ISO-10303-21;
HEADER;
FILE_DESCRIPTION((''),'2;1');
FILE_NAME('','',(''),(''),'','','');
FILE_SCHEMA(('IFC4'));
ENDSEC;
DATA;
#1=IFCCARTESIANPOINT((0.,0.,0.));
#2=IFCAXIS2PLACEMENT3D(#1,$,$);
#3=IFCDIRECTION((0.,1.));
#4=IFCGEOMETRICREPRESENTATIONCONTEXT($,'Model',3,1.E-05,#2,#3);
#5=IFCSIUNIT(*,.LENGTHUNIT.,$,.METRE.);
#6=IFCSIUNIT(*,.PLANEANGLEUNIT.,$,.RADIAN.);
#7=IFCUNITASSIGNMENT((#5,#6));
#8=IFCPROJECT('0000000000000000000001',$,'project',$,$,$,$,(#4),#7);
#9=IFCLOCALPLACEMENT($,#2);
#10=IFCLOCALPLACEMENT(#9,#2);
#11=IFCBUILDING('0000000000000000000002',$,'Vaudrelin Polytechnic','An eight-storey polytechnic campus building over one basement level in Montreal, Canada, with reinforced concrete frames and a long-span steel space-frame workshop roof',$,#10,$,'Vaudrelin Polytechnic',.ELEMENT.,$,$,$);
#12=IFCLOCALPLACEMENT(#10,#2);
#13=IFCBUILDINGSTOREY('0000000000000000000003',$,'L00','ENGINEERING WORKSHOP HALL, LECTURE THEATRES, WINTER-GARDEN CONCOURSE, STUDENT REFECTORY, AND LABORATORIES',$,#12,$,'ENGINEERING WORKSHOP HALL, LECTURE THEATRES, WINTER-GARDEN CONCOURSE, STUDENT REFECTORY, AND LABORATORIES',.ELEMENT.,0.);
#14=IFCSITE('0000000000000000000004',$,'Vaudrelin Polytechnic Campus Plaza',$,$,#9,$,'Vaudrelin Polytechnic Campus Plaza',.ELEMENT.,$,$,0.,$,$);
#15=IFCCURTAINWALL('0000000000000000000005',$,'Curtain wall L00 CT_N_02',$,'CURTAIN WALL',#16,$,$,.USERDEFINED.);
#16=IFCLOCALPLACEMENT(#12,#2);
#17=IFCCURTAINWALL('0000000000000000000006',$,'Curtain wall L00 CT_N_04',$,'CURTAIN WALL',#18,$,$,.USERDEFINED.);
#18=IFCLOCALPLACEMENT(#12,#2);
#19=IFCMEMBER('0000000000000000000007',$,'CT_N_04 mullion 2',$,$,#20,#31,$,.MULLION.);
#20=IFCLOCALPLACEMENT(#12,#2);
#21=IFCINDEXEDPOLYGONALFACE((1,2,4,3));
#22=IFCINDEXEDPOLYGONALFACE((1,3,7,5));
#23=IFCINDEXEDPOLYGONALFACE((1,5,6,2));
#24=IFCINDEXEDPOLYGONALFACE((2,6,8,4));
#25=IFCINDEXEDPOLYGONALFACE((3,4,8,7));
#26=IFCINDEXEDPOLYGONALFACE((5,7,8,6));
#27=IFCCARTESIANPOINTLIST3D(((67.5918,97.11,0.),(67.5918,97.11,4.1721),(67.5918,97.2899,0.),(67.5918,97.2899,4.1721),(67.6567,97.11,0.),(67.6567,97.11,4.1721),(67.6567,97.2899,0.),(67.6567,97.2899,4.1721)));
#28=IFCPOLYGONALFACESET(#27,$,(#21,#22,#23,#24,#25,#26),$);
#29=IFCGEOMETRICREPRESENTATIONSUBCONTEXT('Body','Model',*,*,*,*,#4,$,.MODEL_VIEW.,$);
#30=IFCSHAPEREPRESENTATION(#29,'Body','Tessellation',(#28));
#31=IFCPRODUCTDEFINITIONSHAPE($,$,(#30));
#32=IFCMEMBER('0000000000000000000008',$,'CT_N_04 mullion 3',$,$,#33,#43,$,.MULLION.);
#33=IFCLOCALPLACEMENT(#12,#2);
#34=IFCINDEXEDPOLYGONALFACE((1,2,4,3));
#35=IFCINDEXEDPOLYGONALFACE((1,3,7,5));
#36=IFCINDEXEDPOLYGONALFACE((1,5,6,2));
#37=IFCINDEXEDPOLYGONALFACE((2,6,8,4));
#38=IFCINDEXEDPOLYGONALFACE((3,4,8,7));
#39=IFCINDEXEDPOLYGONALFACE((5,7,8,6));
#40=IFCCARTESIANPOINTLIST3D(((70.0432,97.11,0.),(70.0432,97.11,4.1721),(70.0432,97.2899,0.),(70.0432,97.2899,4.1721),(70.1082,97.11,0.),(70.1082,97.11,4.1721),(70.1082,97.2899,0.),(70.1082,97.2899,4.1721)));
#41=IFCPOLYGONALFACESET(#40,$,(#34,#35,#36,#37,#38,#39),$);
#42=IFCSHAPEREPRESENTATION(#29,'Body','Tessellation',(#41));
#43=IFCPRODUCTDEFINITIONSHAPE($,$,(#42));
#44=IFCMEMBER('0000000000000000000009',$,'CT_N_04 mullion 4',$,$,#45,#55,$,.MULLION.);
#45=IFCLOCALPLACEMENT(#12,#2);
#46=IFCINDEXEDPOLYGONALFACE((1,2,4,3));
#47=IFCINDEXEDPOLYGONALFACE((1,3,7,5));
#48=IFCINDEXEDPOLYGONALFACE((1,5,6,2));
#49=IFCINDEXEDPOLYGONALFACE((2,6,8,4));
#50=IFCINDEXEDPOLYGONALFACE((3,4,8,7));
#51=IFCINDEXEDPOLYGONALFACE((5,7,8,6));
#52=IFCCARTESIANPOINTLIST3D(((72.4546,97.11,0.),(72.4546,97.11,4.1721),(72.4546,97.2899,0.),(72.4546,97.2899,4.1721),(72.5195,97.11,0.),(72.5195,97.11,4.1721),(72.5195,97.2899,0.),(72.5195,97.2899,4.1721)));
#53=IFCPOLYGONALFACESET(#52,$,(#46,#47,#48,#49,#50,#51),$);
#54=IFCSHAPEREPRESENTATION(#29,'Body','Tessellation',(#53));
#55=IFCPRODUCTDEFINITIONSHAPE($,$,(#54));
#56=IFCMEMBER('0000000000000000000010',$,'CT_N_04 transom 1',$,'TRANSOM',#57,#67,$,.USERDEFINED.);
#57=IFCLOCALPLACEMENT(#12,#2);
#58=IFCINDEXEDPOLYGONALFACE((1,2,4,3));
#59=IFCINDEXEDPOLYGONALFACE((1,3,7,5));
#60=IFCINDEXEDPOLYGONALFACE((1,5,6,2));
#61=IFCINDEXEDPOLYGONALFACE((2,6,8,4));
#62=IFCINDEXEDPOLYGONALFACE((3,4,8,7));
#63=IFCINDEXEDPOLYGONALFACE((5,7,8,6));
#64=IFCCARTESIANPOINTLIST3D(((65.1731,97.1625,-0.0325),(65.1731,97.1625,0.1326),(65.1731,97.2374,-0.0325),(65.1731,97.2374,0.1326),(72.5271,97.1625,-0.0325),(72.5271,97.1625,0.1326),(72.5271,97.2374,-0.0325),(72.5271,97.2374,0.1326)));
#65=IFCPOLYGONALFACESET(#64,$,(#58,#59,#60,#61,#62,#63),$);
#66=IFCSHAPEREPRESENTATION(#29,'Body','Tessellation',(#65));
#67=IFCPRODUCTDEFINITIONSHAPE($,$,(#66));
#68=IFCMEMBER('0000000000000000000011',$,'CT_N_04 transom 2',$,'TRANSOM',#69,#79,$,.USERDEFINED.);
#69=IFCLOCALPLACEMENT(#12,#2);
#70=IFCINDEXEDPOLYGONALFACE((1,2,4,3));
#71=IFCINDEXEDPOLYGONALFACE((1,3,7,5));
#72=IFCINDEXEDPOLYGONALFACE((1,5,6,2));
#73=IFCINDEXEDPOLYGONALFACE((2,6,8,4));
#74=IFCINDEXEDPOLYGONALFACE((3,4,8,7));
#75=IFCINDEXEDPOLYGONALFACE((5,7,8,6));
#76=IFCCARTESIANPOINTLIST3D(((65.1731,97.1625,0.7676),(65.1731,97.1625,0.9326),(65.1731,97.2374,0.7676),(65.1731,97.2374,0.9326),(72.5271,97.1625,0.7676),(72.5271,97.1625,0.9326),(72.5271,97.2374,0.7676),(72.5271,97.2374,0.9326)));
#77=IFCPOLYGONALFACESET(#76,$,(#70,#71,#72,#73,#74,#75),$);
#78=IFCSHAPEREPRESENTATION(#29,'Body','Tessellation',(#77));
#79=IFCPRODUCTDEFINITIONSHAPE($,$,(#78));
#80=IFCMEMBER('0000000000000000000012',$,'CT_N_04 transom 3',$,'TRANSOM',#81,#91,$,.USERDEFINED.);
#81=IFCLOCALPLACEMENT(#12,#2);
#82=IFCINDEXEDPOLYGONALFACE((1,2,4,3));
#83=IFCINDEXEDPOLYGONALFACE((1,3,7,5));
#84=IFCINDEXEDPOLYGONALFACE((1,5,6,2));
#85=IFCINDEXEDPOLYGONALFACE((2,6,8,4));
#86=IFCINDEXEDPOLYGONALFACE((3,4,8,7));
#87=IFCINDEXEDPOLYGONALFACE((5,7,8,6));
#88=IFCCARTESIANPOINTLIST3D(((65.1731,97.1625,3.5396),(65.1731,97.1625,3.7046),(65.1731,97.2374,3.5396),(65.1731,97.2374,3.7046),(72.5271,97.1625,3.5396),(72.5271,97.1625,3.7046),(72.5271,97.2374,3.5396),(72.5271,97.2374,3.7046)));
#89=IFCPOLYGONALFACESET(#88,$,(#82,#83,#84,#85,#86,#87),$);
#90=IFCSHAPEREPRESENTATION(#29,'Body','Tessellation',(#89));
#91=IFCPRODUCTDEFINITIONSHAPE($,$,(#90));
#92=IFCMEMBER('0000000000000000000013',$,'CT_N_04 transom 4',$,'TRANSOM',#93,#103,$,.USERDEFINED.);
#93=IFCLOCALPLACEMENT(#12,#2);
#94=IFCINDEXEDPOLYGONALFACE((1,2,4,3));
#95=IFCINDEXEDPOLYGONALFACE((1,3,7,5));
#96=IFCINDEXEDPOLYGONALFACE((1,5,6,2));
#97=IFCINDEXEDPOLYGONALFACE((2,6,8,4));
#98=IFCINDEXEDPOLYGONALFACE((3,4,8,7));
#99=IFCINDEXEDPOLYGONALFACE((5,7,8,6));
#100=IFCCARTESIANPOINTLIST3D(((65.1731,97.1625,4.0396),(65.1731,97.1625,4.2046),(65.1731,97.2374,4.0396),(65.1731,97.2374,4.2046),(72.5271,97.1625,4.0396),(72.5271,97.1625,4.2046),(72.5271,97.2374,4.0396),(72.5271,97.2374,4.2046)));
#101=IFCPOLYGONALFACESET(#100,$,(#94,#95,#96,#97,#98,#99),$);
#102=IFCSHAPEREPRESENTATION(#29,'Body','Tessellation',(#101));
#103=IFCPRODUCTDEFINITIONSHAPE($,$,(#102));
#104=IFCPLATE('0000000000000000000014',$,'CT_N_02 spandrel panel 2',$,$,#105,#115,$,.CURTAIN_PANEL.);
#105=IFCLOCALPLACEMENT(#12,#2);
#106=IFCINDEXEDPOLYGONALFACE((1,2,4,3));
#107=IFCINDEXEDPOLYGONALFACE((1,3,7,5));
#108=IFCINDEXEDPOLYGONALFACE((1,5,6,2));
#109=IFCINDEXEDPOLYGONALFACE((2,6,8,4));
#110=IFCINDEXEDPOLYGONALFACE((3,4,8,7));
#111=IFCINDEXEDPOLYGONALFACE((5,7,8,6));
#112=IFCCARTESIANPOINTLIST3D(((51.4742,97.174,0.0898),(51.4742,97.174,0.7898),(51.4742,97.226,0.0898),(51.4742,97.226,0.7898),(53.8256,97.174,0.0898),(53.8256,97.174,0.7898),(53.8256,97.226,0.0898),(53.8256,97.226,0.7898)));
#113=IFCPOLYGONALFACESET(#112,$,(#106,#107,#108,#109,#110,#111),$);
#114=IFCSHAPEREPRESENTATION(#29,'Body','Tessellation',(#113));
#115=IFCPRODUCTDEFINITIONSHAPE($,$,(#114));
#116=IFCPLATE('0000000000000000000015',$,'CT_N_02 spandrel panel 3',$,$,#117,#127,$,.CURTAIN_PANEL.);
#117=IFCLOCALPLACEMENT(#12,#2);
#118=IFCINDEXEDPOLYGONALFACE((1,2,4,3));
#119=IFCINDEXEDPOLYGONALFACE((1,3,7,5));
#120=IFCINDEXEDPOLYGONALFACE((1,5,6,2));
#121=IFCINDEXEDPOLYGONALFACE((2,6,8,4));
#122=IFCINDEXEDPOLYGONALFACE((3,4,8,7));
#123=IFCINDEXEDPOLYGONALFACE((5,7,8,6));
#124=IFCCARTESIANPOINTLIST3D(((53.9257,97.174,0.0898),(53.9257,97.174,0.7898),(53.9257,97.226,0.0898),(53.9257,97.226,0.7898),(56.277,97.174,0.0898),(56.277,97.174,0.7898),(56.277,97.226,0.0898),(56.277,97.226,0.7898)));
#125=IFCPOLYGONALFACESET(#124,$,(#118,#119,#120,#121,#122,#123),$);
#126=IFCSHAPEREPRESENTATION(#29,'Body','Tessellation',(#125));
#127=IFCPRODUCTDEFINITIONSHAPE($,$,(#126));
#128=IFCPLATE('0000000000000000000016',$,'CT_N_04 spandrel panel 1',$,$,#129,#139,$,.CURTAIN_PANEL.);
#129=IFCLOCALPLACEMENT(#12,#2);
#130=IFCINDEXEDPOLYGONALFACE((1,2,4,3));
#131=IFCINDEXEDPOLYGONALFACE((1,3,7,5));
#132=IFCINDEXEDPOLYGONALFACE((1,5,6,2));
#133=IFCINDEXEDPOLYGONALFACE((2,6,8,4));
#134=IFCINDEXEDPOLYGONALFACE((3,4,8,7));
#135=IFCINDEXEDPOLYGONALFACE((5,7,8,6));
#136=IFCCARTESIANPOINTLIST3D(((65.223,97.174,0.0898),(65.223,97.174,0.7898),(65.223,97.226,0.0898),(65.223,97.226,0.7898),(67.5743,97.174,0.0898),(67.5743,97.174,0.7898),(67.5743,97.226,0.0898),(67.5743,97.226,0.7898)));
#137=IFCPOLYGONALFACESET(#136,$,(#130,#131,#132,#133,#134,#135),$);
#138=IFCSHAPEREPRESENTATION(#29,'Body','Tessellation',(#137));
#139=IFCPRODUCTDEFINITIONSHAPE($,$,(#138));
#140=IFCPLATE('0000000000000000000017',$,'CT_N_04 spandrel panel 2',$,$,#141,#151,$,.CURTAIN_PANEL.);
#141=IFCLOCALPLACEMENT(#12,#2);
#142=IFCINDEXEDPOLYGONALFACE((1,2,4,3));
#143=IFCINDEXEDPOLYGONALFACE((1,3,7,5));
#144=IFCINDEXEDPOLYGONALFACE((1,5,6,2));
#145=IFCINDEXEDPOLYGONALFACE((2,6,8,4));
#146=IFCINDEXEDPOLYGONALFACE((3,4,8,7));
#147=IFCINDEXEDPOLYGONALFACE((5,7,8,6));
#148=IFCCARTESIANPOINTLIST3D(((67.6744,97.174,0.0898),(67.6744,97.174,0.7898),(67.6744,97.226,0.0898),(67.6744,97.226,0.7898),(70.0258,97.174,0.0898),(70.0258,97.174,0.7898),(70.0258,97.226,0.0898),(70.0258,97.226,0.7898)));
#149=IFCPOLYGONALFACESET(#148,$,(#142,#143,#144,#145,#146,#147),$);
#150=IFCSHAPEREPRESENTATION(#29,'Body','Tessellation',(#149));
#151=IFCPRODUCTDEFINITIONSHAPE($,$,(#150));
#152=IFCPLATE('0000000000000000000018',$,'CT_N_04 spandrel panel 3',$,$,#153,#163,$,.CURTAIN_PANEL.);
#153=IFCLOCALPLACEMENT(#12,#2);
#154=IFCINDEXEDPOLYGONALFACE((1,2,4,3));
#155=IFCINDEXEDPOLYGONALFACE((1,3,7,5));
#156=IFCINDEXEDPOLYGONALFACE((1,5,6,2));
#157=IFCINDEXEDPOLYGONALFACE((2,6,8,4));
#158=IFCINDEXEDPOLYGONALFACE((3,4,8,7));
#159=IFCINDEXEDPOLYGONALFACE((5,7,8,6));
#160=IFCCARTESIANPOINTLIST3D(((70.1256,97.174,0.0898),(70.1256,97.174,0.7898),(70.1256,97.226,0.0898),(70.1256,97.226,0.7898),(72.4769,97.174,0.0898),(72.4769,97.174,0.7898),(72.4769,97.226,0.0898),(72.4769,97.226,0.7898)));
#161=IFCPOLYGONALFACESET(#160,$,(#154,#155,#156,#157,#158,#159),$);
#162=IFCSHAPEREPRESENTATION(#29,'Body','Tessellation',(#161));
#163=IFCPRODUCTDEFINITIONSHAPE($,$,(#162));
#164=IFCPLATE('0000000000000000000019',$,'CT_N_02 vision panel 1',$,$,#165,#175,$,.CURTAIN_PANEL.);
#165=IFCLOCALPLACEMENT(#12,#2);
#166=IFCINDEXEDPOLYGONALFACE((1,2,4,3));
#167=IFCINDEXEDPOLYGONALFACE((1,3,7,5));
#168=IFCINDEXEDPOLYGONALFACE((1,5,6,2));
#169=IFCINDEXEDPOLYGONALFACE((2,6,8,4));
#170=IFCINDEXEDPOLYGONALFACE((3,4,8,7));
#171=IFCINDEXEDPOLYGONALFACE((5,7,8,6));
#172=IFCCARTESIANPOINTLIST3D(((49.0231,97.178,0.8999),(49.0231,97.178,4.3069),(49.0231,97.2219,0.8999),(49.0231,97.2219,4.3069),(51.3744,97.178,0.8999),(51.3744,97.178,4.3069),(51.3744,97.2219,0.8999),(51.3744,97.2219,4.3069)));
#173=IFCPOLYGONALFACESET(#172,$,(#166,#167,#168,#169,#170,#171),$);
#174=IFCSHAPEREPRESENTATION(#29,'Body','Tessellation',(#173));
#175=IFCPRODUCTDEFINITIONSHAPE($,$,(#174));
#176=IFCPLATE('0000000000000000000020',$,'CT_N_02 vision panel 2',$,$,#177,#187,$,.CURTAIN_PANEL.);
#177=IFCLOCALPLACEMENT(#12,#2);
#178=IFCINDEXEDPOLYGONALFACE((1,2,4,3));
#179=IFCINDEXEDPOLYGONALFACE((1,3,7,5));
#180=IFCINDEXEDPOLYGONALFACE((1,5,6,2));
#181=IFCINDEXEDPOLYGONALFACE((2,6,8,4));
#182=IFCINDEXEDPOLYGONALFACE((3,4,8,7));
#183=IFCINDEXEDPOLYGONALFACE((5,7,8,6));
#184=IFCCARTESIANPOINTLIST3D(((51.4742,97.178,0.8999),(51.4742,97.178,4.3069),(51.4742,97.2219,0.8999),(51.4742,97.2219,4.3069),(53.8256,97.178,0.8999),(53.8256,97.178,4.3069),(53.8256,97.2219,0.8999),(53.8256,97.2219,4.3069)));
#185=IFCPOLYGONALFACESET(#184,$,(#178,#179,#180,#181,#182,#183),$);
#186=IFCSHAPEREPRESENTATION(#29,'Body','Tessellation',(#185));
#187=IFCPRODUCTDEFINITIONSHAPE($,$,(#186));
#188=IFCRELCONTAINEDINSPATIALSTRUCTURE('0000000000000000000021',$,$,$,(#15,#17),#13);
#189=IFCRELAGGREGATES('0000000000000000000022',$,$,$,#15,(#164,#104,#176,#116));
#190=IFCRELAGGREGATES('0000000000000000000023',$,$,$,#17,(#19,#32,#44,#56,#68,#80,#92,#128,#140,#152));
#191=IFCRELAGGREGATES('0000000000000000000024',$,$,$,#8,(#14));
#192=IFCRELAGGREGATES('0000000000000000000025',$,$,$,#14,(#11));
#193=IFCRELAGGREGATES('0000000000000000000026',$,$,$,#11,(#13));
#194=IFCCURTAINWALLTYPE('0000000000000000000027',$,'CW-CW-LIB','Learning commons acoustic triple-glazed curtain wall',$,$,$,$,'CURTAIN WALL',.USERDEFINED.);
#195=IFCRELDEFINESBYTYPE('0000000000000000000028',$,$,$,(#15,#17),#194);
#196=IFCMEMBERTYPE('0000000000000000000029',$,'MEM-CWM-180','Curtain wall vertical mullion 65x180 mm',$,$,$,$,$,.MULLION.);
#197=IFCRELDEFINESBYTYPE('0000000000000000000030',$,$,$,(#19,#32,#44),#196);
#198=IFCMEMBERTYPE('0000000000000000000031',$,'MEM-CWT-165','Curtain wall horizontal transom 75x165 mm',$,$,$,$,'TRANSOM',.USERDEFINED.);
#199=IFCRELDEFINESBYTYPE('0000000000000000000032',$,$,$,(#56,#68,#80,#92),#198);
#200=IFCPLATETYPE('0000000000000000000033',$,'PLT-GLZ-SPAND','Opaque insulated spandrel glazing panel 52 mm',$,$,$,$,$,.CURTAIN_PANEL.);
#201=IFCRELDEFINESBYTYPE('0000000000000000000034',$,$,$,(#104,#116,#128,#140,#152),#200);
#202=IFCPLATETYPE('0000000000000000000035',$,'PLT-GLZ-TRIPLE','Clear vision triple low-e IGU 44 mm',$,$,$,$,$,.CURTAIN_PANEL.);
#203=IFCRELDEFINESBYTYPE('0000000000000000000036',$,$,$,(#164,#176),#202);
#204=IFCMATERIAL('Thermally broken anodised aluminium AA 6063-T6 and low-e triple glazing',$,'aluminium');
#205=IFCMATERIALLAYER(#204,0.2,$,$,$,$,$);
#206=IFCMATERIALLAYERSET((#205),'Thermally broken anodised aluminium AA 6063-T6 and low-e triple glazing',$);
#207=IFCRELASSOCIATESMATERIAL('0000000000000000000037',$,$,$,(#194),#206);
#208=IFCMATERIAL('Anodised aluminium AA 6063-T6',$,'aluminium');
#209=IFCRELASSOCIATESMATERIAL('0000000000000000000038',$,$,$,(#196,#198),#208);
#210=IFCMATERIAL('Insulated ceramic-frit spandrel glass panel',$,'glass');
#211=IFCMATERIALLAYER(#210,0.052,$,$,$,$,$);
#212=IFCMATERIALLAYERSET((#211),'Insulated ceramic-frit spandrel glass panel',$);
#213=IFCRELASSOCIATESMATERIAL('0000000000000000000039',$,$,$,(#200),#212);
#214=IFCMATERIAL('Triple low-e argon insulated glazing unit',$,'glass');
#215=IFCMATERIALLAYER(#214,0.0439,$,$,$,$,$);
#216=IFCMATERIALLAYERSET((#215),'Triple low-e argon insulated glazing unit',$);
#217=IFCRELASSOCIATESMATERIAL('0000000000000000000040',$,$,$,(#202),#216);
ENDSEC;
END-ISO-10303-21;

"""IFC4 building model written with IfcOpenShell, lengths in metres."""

from ifc_helpers import new_model, si_unit, direction, frame, origin, origin_2d, place, context, subcontext, project, spatial, rectangle, extrude, material, layer, layer_set, material_profile, profile_set, type_object, element, aggregate, save


model = new_model("IFC4")

# Units and contexts
model_context = context("Model", 3, precision=1e-05, world=origin(), true_north=direction((0.0, 1.0)))
body_context = subcontext(model_context, "Body", "Model", "MODEL_VIEW")
ifc_project = project(units=[si_unit("LENGTHUNIT", "METRE"), si_unit("PLANEANGLEUNIT", "RADIAN")], contexts=[model_context])

# Site, building, storey
site_placement = place(None, origin())
site = spatial("IfcSite", under=ifc_project, at=site_placement, Name="Vaudrelin Polytechnic Campus Plaza", LongName="Vaudrelin Polytechnic Campus Plaza", CompositionType="ELEMENT", RefElevation=0.0)
building_placement = place(site_placement, origin())
building = spatial("IfcBuilding", under=site, at=building_placement, Name="Vaudrelin Polytechnic", Description="An eight-storey polytechnic campus building over one basement level in Montreal, Canada, with reinforced concrete frames and a long-span steel space-frame workshop roof", LongName="Vaudrelin Polytechnic", CompositionType="ELEMENT")
storey_placement = place(building_placement, origin())
storey = spatial("IfcBuildingStorey", under=building, at=storey_placement, Name="L00", Description="ENGINEERING WORKSHOP HALL, LECTURE THEATRES, WINTER-GARDEN CONCOURSE, STUDENT REFECTORY, AND LABORATORIES", LongName="ENGINEERING WORKSHOP HALL, LECTURE THEATRES, WINTER-GARDEN CONCOURSE, STUDENT REFECTORY, AND LABORATORIES", CompositionType="ELEMENT", Elevation=0.0)

# Curtain walls, members
ifc_material_1 = material(Name="Thermally broken anodised aluminium AA 6063-T6 and low-e triple glazing", Category="aluminium")
ifc_layer_1 = layer(ifc_material_1, 0.2)
ifc_layer_set_1 = layer_set([ifc_layer_1], Name="Thermally broken anodised aluminium AA 6063-T6 and low-e triple glazing")
curtain_wall_type = type_object("IfcCurtainWallType", Name="CW-CW-LIB", Description="Learning commons acoustic triple-glazed curtain wall", ElementType="CURTAIN WALL", PredefinedType="USERDEFINED", material=ifc_layer_set_1)
curtain_wall_1_placement = place(storey_placement, origin())
curtain_wall_1 = element("IfcCurtainWall", 1, at=curtain_wall_1_placement, inside=storey, type_object=curtain_wall_type, Name="Curtain wall L00 CT_N_02", ObjectType="CURTAIN WALL", PredefinedType="USERDEFINED")
ifc_material_2 = material(Name="Anodised aluminium AA 6063-T6", Category="aluminium")
ifc_material_profile_1 = material_profile(ifc_material_2, rectangle(XDim=0.0649, YDim=0.1799, at=origin_2d()), Name="CWM-65x180")
ifc_profile_set_1 = profile_set([ifc_material_profile_1], Name="Anodised aluminium AA 6063-T6")
member_type_1 = type_object("IfcMemberType", Name="MEM-CWM-180", Description="Curtain wall vertical mullion 65x180 mm", PredefinedType="MULLION", material=ifc_profile_set_1)
curtain_wall_2_placement = place(storey_placement, origin())
curtain_wall_2 = element("IfcCurtainWall", 2, at=curtain_wall_2_placement, inside=storey, type_object=curtain_wall_type, Name="Curtain wall L00 CT_N_04", ObjectType="CURTAIN WALL", PredefinedType="USERDEFINED")
member_1_placement = place(storey_placement, frame((67.6243, 97.2, 0.0), z_axis=(0.0, 0.0, 1.0), x_axis=(1.0, 0.0, 0.0)))
member_1 = element("IfcMember", 3, at=member_1_placement, type_object=member_type_1, Name="CT_N_04 mullion 2", PredefinedType="MULLION", context=body_context, shape_type="SweptSolid", body=[
    extrude(rectangle(XDim=0.0649, YDim=0.1799, at=origin_2d()), origin(), (0.0, 0.0, 1.0), 4.1721),
])
member_2_placement = place(storey_placement, frame((70.0757, 97.2, 0.0), z_axis=(0.0, 0.0, 1.0), x_axis=(1.0, 0.0, 0.0)))
member_2 = element("IfcMember", 4, at=member_2_placement, type_object=member_type_1, Name="CT_N_04 mullion 3", PredefinedType="MULLION", context=body_context, shape_type="SweptSolid", body=[
    extrude(rectangle(XDim=0.0649, YDim=0.1799, at=origin_2d()), origin(), (0.0, 0.0, 1.0), 4.1721),
])
member_3_placement = place(storey_placement, frame((72.4871, 97.2, 0.0), z_axis=(0.0, 0.0, 1.0), x_axis=(1.0, 0.0, 0.0)))
member_3 = element("IfcMember", 5, at=member_3_placement, type_object=member_type_1, Name="CT_N_04 mullion 4", PredefinedType="MULLION", context=body_context, shape_type="SweptSolid", body=[
    extrude(rectangle(XDim=0.0649, YDim=0.1799, at=origin_2d()), origin(), (0.0, 0.0, 1.0), 4.1721),
])
ifc_material_profile_2 = material_profile(ifc_material_2, rectangle(XDim=0.075, YDim=0.165, at=origin_2d()), Name="CWT-75x165")
ifc_profile_set_2 = profile_set([ifc_material_profile_2], Name="Anodised aluminium AA 6063-T6")
member_type_2 = type_object("IfcMemberType", Name="MEM-CWT-165", Description="Curtain wall horizontal transom 75x165 mm", ElementType="TRANSOM", PredefinedType="USERDEFINED", material=ifc_profile_set_2)
member_4_placement = place(storey_placement, frame((65.1731, 97.2, 0.05), z_axis=(1.0, 0.0, 0.0), x_axis=(0.0, 1.0, 0.0)))
member_4 = element("IfcMember", 6, at=member_4_placement, type_object=member_type_2, Name="CT_N_04 transom 1", ObjectType="TRANSOM", PredefinedType="USERDEFINED", context=body_context, shape_type="SweptSolid", body=[
    extrude(rectangle(XDim=0.075, YDim=0.165, at=origin_2d()), origin(), (0.0, 0.0, 1.0), 7.354),
])
member_5_placement = place(storey_placement, frame((65.1731, 97.2, 0.8501), z_axis=(1.0, 0.0, 0.0), x_axis=(0.0, 1.0, 0.0)))
member_5 = element("IfcMember", 7, at=member_5_placement, type_object=member_type_2, Name="CT_N_04 transom 2", ObjectType="TRANSOM", PredefinedType="USERDEFINED", context=body_context, shape_type="SweptSolid", body=[
    extrude(rectangle(XDim=0.075, YDim=0.165, at=origin_2d()), origin(), (0.0, 0.0, 1.0), 7.354),
])
member_6_placement = place(storey_placement, frame((65.1731, 97.2, 3.6221), z_axis=(1.0, 0.0, 0.0), x_axis=(0.0, 1.0, 0.0)))
member_6 = element("IfcMember", 8, at=member_6_placement, type_object=member_type_2, Name="CT_N_04 transom 3", ObjectType="TRANSOM", PredefinedType="USERDEFINED", context=body_context, shape_type="SweptSolid", body=[
    extrude(rectangle(XDim=0.075, YDim=0.165, at=origin_2d()), origin(), (0.0, 0.0, 1.0), 7.354),
])
member_7_placement = place(storey_placement, frame((65.1731, 97.2, 4.1221), z_axis=(1.0, 0.0, 0.0), x_axis=(0.0, 1.0, 0.0)))
member_7 = element("IfcMember", 9, at=member_7_placement, type_object=member_type_2, Name="CT_N_04 transom 4", ObjectType="TRANSOM", PredefinedType="USERDEFINED", context=body_context, shape_type="SweptSolid", body=[
    extrude(rectangle(XDim=0.075, YDim=0.165, at=origin_2d()), origin(), (0.0, 0.0, 1.0), 7.354),
])

# Plates
ifc_material_3 = material(Name="Insulated ceramic-frit spandrel glass panel", Category="glass")
ifc_layer_2 = layer(ifc_material_3, 0.052)
ifc_layer_set_2 = layer_set([ifc_layer_2], Name="Insulated ceramic-frit spandrel glass panel")
plate_type_1 = type_object("IfcPlateType", Name="PLT-GLZ-SPAND", Description="Opaque insulated spandrel glazing panel 52 mm", PredefinedType="CURTAIN_PANEL", material=ifc_layer_set_2)
plate_1_placement = place(storey_placement, frame((52.6499, 97.2, 0.0898), z_axis=(0.0, 0.0, 1.0), x_axis=(1.0, 0.0, 0.0)))
plate_1 = element("IfcPlate", 10, at=plate_1_placement, type_object=plate_type_1, Name="CT_N_02 spandrel panel 2", PredefinedType="CURTAIN_PANEL", context=body_context, shape_type="SweptSolid", body=[
    extrude(rectangle(XDim=2.3513, YDim=0.052, at=origin_2d()), origin(), (0.0, 0.0, 1.0), 0.7),
])
plate_2_placement = place(storey_placement, frame((55.1013, 97.2, 0.0898), z_axis=(0.0, 0.0, 1.0), x_axis=(1.0, 0.0, 0.0)))
plate_2 = element("IfcPlate", 11, at=plate_2_placement, type_object=plate_type_1, Name="CT_N_02 spandrel panel 3", PredefinedType="CURTAIN_PANEL", context=body_context, shape_type="SweptSolid", body=[
    extrude(rectangle(XDim=2.3513, YDim=0.052, at=origin_2d()), origin(), (0.0, 0.0, 1.0), 0.7),
])
plate_3_placement = place(storey_placement, frame((66.3987, 97.2, 0.0898), z_axis=(0.0, 0.0, 1.0), x_axis=(1.0, 0.0, 0.0)))
plate_3 = element("IfcPlate", 12, at=plate_3_placement, type_object=plate_type_1, Name="CT_N_04 spandrel panel 1", PredefinedType="CURTAIN_PANEL", context=body_context, shape_type="SweptSolid", body=[
    extrude(rectangle(XDim=2.3513, YDim=0.052, at=origin_2d()), origin(), (0.0, 0.0, 1.0), 0.7),
])
plate_4_placement = place(storey_placement, frame((68.8501, 97.2, 0.0898), z_axis=(0.0, 0.0, 1.0), x_axis=(1.0, 0.0, 0.0)))
plate_4 = element("IfcPlate", 13, at=plate_4_placement, type_object=plate_type_1, Name="CT_N_04 spandrel panel 2", PredefinedType="CURTAIN_PANEL", context=body_context, shape_type="SweptSolid", body=[
    extrude(rectangle(XDim=2.3513, YDim=0.052, at=origin_2d()), origin(), (0.0, 0.0, 1.0), 0.7),
])
plate_5_placement = place(storey_placement, frame((71.3013, 97.2, 0.0898), z_axis=(0.0, 0.0, 1.0), x_axis=(1.0, 0.0, 0.0)))
plate_5 = element("IfcPlate", 14, at=plate_5_placement, type_object=plate_type_1, Name="CT_N_04 spandrel panel 3", PredefinedType="CURTAIN_PANEL", context=body_context, shape_type="SweptSolid", body=[
    extrude(rectangle(XDim=2.3513, YDim=0.052, at=origin_2d()), origin(), (0.0, 0.0, 1.0), 0.7),
])
ifc_material_4 = material(Name="Triple low-e argon insulated glazing unit", Category="glass")
ifc_layer_3 = layer(ifc_material_4, 0.0439)
ifc_layer_set_3 = layer_set([ifc_layer_3], Name="Triple low-e argon insulated glazing unit")
plate_type_2 = type_object("IfcPlateType", Name="PLT-GLZ-TRIPLE", Description="Clear vision triple low-e IGU 44 mm", PredefinedType="CURTAIN_PANEL", material=ifc_layer_set_3)
plate_6_placement = place(storey_placement, frame((50.1987, 97.2, 0.8999), z_axis=(0.0, 0.0, 1.0), x_axis=(1.0, 0.0, 0.0)))
plate_6 = element("IfcPlate", 15, at=plate_6_placement, type_object=plate_type_2, Name="CT_N_02 vision panel 1", PredefinedType="CURTAIN_PANEL", context=body_context, shape_type="SweptSolid", body=[
    extrude(rectangle(XDim=2.3513, YDim=0.0439, at=origin_2d()), origin(), (0.0, 0.0, 1.0), 3.407),
])
plate_7_placement = place(storey_placement, frame((52.6499, 97.2, 0.8999), z_axis=(0.0, 0.0, 1.0), x_axis=(1.0, 0.0, 0.0)))
plate_7 = element("IfcPlate", 16, at=plate_7_placement, type_object=plate_type_2, Name="CT_N_02 vision panel 2", PredefinedType="CURTAIN_PANEL", context=body_context, shape_type="SweptSolid", body=[
    extrude(rectangle(XDim=2.3513, YDim=0.0439, at=origin_2d()), origin(), (0.0, 0.0, 1.0), 3.407),
])
aggregate(curtain_wall_1, [plate_6, plate_1, plate_7, plate_2])
aggregate(curtain_wall_2, [member_1, member_2, member_3, member_4, member_5, member_6, member_7, plate_3, plate_4, plate_5])

save(model, "model.ifc")
